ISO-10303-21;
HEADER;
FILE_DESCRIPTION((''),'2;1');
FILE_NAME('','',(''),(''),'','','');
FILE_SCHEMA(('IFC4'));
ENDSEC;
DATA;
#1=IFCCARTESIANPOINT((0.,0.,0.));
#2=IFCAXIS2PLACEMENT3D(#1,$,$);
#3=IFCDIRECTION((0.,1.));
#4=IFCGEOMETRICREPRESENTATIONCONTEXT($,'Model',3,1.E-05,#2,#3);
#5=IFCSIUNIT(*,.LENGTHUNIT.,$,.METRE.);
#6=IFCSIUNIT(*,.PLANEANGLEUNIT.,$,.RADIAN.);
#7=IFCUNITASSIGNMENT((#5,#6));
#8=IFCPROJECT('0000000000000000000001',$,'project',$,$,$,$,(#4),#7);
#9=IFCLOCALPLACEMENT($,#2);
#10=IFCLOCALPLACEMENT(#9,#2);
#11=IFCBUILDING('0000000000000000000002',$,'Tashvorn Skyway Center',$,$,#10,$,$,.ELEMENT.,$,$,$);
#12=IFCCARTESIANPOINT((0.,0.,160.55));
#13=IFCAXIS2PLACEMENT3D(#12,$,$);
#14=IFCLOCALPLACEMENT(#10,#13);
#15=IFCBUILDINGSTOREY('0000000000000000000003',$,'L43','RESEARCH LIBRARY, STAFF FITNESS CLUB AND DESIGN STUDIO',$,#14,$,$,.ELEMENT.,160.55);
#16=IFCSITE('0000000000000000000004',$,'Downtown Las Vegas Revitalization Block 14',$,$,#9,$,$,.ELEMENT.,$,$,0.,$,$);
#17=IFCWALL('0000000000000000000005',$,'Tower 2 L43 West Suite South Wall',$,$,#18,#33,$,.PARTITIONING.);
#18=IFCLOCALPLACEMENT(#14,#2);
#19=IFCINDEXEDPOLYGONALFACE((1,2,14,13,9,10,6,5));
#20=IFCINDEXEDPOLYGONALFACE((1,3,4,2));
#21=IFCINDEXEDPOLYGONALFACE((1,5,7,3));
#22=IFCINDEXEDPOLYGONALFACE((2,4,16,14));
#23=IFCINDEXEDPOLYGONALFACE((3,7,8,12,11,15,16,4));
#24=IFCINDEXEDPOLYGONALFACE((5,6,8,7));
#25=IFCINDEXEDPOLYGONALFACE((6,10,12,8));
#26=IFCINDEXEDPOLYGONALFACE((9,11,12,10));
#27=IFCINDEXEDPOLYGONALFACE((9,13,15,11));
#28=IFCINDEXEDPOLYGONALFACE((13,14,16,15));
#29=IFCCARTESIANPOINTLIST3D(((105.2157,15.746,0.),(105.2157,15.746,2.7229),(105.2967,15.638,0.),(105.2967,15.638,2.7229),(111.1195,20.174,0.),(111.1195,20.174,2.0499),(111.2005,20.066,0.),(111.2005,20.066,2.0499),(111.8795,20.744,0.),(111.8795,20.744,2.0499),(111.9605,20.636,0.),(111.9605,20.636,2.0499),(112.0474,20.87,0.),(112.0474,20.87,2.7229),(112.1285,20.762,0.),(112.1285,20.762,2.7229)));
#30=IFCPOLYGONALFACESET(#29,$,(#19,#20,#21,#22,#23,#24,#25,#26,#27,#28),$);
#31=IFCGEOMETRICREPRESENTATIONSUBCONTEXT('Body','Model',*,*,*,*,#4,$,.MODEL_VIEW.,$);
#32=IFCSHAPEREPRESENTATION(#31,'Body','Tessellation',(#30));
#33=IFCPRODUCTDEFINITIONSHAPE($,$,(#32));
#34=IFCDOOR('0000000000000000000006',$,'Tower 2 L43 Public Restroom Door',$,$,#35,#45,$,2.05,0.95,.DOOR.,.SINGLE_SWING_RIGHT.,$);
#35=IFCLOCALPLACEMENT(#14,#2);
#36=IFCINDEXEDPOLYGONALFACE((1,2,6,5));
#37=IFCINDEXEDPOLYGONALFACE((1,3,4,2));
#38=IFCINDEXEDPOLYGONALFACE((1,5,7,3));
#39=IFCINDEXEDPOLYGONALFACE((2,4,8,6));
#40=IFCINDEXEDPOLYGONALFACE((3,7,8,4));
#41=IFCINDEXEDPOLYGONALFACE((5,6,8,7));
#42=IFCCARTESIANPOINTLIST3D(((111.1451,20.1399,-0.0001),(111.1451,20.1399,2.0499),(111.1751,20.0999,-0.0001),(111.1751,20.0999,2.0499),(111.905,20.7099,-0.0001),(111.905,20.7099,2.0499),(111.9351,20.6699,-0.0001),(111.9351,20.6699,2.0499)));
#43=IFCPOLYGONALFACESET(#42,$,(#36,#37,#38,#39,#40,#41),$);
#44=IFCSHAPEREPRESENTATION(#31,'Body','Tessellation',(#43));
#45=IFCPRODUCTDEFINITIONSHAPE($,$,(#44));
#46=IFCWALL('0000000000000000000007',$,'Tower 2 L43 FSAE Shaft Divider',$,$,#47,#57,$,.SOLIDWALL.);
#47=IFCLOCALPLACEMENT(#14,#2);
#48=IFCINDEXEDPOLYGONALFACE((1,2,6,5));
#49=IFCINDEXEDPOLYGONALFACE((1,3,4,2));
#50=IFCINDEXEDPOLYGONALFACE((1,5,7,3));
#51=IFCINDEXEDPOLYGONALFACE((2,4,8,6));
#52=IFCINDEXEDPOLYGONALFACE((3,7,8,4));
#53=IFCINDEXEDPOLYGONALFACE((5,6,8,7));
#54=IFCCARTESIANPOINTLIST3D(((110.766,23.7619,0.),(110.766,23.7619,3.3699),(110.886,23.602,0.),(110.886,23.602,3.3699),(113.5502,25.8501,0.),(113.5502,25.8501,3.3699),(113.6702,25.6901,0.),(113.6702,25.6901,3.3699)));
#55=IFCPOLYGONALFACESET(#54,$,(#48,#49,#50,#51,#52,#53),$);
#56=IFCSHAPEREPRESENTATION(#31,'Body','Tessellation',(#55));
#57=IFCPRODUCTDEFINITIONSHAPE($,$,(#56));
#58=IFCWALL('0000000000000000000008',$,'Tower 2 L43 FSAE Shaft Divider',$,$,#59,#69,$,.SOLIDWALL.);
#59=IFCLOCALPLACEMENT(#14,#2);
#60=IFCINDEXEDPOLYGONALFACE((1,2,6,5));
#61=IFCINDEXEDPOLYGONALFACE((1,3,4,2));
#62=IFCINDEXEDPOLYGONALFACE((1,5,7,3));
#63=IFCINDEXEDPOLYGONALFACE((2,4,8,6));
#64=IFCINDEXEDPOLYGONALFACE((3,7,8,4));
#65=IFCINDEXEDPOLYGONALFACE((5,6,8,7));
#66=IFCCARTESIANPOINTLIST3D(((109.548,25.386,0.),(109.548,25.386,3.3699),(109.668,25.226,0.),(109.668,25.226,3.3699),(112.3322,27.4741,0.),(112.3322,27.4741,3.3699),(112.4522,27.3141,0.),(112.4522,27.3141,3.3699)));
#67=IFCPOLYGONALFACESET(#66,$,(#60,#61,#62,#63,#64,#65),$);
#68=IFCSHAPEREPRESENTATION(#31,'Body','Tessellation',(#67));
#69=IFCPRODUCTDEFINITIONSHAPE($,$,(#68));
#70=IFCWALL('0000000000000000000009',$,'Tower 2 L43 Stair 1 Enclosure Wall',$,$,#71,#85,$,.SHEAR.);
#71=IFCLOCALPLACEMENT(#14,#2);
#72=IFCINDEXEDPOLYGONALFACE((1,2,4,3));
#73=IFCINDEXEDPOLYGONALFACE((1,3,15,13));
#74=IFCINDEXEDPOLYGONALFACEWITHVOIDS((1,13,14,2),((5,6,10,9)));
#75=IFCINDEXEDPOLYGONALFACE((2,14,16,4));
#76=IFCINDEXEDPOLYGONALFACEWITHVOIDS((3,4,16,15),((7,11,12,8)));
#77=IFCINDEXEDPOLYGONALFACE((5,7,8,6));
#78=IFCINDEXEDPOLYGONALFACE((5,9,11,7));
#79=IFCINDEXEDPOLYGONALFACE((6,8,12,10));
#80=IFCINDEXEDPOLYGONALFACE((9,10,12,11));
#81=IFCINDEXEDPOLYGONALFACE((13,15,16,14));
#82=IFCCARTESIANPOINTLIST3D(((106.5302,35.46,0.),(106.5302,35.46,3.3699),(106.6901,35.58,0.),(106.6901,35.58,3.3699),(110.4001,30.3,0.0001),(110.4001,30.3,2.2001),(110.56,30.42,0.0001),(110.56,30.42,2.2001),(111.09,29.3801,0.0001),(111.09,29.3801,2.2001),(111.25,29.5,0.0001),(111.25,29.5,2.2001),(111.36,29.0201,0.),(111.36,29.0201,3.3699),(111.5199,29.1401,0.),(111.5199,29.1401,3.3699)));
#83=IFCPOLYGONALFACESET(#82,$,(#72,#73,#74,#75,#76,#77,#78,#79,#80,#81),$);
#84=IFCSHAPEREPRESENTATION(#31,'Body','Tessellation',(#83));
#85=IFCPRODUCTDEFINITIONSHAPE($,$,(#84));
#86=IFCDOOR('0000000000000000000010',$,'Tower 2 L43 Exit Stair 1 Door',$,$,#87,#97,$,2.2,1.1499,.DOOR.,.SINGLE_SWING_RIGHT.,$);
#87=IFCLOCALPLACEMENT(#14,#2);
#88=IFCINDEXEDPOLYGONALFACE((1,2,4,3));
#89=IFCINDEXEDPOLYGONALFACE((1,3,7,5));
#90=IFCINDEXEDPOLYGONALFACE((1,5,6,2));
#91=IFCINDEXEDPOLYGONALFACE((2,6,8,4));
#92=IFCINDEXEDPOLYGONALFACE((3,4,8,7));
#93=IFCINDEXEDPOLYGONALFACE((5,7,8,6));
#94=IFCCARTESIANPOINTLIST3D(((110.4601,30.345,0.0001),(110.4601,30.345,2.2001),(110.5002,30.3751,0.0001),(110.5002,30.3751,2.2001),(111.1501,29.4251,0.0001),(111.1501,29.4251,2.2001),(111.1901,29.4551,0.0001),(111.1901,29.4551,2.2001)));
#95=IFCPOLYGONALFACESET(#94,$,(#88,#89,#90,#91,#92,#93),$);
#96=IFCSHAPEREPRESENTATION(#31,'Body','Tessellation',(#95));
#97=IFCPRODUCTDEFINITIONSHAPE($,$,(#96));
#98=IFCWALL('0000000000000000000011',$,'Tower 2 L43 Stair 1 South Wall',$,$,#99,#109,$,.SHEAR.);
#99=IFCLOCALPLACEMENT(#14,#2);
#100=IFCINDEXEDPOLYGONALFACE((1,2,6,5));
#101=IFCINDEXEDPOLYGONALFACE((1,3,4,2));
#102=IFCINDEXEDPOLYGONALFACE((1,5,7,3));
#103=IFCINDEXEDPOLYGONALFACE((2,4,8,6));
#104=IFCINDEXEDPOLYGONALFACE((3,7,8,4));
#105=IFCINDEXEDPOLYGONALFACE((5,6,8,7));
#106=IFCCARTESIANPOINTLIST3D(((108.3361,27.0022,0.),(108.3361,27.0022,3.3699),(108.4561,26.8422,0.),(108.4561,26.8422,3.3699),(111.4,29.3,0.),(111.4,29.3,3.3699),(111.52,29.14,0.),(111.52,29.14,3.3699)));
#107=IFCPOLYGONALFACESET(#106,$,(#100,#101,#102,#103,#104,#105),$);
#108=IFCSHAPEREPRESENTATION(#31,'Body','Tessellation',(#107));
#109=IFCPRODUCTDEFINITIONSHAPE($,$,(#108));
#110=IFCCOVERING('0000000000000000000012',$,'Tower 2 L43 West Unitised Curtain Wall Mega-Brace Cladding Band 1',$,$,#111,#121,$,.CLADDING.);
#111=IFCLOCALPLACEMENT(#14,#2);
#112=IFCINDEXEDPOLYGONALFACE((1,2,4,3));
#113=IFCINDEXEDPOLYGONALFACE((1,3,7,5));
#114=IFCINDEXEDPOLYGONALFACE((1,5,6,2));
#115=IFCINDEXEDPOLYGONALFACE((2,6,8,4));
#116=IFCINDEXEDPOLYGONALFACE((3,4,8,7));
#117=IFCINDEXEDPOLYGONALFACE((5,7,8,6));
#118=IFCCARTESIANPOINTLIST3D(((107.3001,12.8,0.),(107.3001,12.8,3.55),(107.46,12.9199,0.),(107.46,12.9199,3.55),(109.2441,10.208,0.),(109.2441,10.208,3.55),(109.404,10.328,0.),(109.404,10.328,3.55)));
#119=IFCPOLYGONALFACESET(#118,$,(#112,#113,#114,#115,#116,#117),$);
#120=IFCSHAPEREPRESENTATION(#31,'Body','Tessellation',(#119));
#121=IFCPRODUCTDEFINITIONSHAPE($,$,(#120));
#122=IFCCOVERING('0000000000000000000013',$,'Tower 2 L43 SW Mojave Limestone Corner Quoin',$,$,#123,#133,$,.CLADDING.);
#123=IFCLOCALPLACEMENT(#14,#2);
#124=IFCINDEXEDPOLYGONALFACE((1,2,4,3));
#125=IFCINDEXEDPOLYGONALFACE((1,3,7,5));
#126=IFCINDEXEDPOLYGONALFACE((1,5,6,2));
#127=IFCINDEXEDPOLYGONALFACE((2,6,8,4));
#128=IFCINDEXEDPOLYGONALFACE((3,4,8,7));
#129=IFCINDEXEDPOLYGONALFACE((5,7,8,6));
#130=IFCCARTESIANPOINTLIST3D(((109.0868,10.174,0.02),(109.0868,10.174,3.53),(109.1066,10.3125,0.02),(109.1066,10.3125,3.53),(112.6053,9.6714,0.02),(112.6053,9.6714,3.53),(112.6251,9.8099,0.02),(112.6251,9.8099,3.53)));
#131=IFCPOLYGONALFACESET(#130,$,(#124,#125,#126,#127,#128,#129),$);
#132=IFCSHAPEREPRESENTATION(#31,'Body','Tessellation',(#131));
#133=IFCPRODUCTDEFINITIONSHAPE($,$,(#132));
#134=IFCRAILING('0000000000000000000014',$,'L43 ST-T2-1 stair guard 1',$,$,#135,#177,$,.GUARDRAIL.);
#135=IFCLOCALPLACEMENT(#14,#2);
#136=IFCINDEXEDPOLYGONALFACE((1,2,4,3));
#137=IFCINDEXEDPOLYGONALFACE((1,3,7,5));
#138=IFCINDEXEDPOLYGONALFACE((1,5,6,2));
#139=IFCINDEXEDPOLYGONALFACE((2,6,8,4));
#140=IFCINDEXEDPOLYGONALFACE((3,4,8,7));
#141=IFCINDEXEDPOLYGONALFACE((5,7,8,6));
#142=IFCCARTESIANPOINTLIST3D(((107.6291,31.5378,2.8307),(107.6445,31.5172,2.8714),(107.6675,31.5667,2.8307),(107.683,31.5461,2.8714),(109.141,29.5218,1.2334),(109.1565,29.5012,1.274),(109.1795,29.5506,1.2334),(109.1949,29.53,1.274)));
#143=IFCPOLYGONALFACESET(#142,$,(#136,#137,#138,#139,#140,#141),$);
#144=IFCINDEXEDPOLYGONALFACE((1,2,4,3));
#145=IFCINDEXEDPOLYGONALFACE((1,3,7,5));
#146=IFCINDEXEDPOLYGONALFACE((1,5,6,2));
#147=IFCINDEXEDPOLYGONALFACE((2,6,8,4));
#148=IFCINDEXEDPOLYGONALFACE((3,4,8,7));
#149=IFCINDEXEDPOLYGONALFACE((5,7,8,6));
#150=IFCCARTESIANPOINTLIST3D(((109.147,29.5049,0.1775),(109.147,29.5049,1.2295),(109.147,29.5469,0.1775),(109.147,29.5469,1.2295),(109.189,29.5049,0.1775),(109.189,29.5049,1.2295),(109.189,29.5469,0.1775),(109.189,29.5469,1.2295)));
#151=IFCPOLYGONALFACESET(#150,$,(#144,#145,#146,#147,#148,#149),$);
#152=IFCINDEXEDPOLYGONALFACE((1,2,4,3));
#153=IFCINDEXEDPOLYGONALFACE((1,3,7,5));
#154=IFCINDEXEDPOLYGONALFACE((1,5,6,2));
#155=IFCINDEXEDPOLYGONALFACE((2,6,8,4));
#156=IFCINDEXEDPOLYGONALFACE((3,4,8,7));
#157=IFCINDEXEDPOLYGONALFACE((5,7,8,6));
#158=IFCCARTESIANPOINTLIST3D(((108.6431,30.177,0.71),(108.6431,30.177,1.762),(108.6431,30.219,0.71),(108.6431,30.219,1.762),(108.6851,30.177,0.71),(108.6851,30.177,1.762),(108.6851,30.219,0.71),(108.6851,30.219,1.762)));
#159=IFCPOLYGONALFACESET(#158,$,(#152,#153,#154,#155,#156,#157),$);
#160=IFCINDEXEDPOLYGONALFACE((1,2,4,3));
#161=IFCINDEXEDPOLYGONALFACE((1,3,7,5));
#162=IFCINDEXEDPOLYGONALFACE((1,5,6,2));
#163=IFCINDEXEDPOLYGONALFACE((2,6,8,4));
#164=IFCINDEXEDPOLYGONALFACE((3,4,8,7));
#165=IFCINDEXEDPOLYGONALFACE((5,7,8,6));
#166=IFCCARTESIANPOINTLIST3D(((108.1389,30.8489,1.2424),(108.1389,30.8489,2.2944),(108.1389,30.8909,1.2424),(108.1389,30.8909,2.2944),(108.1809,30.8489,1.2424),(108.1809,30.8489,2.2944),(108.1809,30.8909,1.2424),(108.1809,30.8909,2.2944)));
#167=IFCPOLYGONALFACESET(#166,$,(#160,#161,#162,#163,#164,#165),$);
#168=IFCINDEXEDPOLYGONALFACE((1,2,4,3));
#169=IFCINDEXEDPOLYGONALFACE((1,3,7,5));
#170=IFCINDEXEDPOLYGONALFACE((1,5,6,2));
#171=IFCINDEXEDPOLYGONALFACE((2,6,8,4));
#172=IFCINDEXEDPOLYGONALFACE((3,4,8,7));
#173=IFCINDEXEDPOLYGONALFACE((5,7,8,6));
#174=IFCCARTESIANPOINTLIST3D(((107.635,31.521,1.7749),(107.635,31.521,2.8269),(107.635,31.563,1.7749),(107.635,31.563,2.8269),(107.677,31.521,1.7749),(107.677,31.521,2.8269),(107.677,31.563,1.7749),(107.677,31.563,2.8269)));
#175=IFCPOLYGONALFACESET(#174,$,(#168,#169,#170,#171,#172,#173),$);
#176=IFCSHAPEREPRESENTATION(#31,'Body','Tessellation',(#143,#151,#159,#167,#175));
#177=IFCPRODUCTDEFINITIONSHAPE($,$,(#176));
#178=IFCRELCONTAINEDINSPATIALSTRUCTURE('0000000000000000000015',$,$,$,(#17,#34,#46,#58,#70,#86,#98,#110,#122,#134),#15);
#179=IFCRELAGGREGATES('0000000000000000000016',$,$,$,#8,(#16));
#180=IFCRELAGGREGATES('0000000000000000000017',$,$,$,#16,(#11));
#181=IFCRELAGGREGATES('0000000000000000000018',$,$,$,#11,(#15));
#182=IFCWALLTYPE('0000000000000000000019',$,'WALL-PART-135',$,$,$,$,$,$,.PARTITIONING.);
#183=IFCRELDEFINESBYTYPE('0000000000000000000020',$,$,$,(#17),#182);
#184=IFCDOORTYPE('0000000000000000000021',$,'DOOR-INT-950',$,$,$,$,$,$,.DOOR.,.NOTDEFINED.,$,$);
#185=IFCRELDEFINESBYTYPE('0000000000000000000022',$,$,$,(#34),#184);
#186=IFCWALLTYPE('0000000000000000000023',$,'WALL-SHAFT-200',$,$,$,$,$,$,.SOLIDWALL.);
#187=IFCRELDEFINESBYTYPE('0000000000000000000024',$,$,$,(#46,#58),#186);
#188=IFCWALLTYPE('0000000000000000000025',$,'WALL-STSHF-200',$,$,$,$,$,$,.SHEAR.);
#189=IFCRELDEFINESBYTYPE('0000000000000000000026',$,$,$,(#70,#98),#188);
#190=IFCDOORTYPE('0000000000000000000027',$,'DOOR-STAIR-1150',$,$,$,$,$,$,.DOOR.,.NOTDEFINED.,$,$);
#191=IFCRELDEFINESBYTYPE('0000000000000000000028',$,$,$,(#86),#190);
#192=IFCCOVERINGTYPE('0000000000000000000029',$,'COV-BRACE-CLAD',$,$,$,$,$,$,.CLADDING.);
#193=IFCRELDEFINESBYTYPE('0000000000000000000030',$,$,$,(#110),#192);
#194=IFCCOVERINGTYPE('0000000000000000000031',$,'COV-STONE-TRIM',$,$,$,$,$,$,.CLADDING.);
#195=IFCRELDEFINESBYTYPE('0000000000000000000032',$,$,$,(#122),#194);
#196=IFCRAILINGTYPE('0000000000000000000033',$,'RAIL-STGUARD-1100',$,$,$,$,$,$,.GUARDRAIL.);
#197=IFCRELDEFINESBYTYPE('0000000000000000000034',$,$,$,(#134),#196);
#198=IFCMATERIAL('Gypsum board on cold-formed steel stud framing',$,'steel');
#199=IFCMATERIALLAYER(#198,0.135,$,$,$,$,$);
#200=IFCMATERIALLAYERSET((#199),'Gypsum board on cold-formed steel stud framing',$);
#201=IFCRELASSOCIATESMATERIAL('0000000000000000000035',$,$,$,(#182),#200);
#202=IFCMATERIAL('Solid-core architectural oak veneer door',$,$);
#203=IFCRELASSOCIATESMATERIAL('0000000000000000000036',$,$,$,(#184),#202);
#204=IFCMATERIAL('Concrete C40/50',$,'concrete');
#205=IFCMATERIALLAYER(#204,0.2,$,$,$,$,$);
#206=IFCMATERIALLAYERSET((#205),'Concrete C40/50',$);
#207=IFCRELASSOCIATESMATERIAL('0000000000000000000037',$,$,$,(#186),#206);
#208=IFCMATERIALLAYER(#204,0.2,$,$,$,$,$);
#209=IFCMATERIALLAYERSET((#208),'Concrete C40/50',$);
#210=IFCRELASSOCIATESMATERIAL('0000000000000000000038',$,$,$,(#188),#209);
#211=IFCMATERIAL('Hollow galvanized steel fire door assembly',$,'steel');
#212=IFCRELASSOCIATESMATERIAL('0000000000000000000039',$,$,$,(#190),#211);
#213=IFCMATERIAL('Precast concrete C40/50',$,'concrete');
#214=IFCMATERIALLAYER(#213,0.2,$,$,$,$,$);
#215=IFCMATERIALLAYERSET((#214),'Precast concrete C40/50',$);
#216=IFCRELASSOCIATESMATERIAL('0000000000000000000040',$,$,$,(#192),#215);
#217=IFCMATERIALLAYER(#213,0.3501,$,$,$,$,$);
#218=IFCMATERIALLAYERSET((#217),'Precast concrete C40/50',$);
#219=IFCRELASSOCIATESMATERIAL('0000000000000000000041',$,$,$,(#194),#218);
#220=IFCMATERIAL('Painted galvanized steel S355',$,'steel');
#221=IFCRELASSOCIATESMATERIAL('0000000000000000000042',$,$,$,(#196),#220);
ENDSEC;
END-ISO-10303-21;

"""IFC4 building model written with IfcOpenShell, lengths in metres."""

from ifc_helpers import new_model, si_unit, direction, frame, frame_2d, origin, origin_2d, place, context, subcontext, project, spatial, rectangle, extrude, material, layer, layer_set, type_object, element, fill, save


model = new_model("IFC4")

# Units and contexts
model_context = context("Model", 3, precision=1e-05, world=origin(), true_north=direction((0.0, 1.0)))
body_context = subcontext(model_context, "Body", "Model", "MODEL_VIEW")
ifc_project = project(units=[si_unit("LENGTHUNIT", "METRE"), si_unit("PLANEANGLEUNIT", "RADIAN")], contexts=[model_context])

# Site, building, storey
site_placement = place(None, origin())
site = spatial("IfcSite", under=ifc_project, at=site_placement, Name="Downtown Las Vegas Revitalization Block 14", CompositionType="ELEMENT", RefElevation=0.0)
building_placement = place(site_placement, origin())
building = spatial("IfcBuilding", under=site, at=building_placement, Name="Tashvorn Skyway Center", CompositionType="ELEMENT")
storey_placement = place(building_placement, frame((0.0, 0.0, 160.55)))
storey = spatial("IfcBuildingStorey", under=building, at=storey_placement, Name="L43", Description="RESEARCH LIBRARY, STAFF FITNESS CLUB AND DESIGN STUDIO", CompositionType="ELEMENT", Elevation=160.55)

# Shared definitions
ifc_material_1 = material(Name="Precast concrete C40/50", Category="concrete")
ifc_material_2 = material(Name="Gypsum board on cold-formed steel stud framing", Category="steel")
ifc_layer_1 = layer(ifc_material_2, 0.135)
ifc_layer_set_1 = layer_set([ifc_layer_1], Name="Gypsum board on cold-formed steel stud framing")
wall_type_1 = type_object("IfcWallType", Name="WALL-PART-135", PredefinedType="PARTITIONING", material=ifc_layer_set_1)

# Wall, opening, door
wall_1_placement = place(storey_placement, frame((105.2561, 15.6919, 0.0), z_axis=(0.0, 0.0, 1.0), x_axis=(0.79999, 0.600014, 0.0)))
wall_1 = element("IfcWall", 1, at=wall_1_placement, inside=storey, type_object=wall_type_1, Name="Tower 2 L43 West Suite South Wall", PredefinedType="PARTITIONING", context=body_context, shape_type="SweptSolid", body=[
    extrude(rectangle(XDim=8.5398, YDim=0.135, at=frame_2d((4.27, 0.0))), origin(), (0.0, 0.0, 1.0), 2.7229),
])
opening_1_placement = place(wall_1_placement, frame((7.3799, 0.0, 0.0)))
opening_1 = element("IfcOpeningElement", 2, at=opening_1_placement, cuts=wall_1, PredefinedType="OPENING", context=body_context, shape_type="SweptSolid", body=[
    extrude(rectangle(XDim=0.95, YDim=2.05, at=frame_2d((0.4751, 1.0249))), frame((0.0, 0.0774, 0.0), z_axis=(0.0, -1.0, 0.0), x_axis=(1.0, 0.0, 0.0)), (0.0, 0.0, 1.0), 0.155),
])
ifc_material_3 = material(Name="Solid-core architectural oak veneer door")
door_type_1 = type_object("IfcDoorType", Name="DOOR-INT-950", OperationType="NOTDEFINED", PredefinedType="DOOR", material=ifc_material_3)
door_1_placement = place(opening_1_placement, origin())
door_1 = element("IfcDoor", 3, at=door_1_placement, inside=storey, type_object=door_type_1, Name="Tower 2 L43 Public Restroom Door", OperationType="SINGLE_SWING_RIGHT", OverallHeight=2.05, OverallWidth=0.95, PredefinedType="DOOR", context=body_context, shape_type="SweptSolid", body=[
    extrude(rectangle(XDim=0.95, YDim=2.05, at=frame_2d((0.4751, 1.0249))), frame((0.0, 0.0249, 0.0), z_axis=(0.0, -1.0, 0.0), x_axis=(1.0, 0.0, 0.0)), (0.0, 0.0, 1.0), 0.05),
])
fill(opening_1, door_1)

# Walls
ifc_material_4 = material(Name="Concrete C40/50", Category="concrete")
ifc_layer_2 = layer(ifc_material_4, 0.2)
ifc_layer_set_2 = layer_set([ifc_layer_2], Name="Concrete C40/50")
wall_type_2 = type_object("IfcWallType", Name="WALL-SHAFT-200", PredefinedType="SOLIDWALL", material=ifc_layer_set_2)
for number, where, z_axis, x_axis, name in (
    (4, (110.8259, 23.6819, 0.0), (0.0, 0.0, 1.0), (0.8, 0.6, 0.0), "Tower 2 L43 FSAE Shaft Divider"),
    (5, (109.6079, 25.3059, 0.0), (0.0, 0.0, 1.0), (0.8, 0.6, 0.0), "Tower 2 L43 FSAE Shaft Divider"),
):
    element("IfcWall", number, at=place(storey_placement, frame(where, z_axis=z_axis, x_axis=x_axis)), inside=storey, type_object=wall_type_2, Name=name, PredefinedType="SOLIDWALL", context=body_context, shape_type="SweptSolid", body=[
        extrude(rectangle(XDim=3.4802, YDim=0.2, at=frame_2d((1.7402, 0.0))), origin(), (0.0, 0.0, 1.0), 3.3699),
    ])

# Wall, opening, door
ifc_layer_3 = layer(ifc_material_4, 0.2)
ifc_layer_set_3 = layer_set([ifc_layer_3], Name="Concrete C40/50")
wall_type_3 = type_object("IfcWallType", Name="WALL-STSHF-200", PredefinedType="SHEAR", material=ifc_layer_set_3)
wall_2_placement = place(storey_placement, frame((111.4399, 29.0801, 0.0), z_axis=(0.0, 0.0, 1.0), x_axis=(-0.59999, 0.800007, 0.0)))
wall_2 = element("IfcWall", 6, at=wall_2_placement, inside=storey, type_object=wall_type_3, Name="Tower 2 L43 Stair 1 Enclosure Wall", PredefinedType="SHEAR", context=body_context, shape_type="SweptSolid", body=[
    extrude(rectangle(XDim=8.0498, YDim=0.2, at=frame_2d((4.0249, 0.0))), origin(), (0.0, 0.0, 1.0), 3.3699),
])
opening_2_placement = place(wall_2_placement, frame((0.45, 0.0, 0.0)))
opening_2 = element("IfcOpeningElement", 7, at=opening_2_placement, cuts=wall_2, PredefinedType="OPENING", context=body_context, shape_type="SweptSolid", body=[
    extrude(rectangle(XDim=1.1499, YDim=2.2, at=frame_2d((0.575, 1.1001))), frame((0.0, 0.1099, 0.0), z_axis=(0.0, -1.0, 0.0), x_axis=(1.0, 0.0, 0.0)), (0.0, 0.0, 1.0), 0.22),
])
ifc_material_5 = material(Name="Hollow galvanized steel fire door assembly", Category="steel")
door_type_2 = type_object("IfcDoorType", Name="DOOR-STAIR-1150", OperationType="NOTDEFINED", PredefinedType="DOOR", material=ifc_material_5)
door_2_placement = place(opening_2_placement, origin())
door_2 = element("IfcDoor", 8, at=door_2_placement, inside=storey, type_object=door_type_2, Name="Tower 2 L43 Exit Stair 1 Door", OperationType="SINGLE_SWING_RIGHT", OverallHeight=2.2, OverallWidth=1.1499, PredefinedType="DOOR", context=body_context, shape_type="SweptSolid", body=[
    extrude(rectangle(XDim=1.1499, YDim=2.2, at=frame_2d((0.575, 1.1001))), frame((0.0, 0.0249, 0.0), z_axis=(0.0, -1.0, 0.0), x_axis=(1.0, 0.0, 0.0)), (0.0, 0.0, 1.0), 0.05),
])
fill(opening_2, door_2)

# Wall
wall_3_placement = place(storey_placement, frame((108.396, 26.9221, 0.0), z_axis=(0.0, 0.0, 1.0), x_axis=(0.800015, 0.59998, 0.0)))
element("IfcWall", 9, at=wall_3_placement, inside=storey, type_object=wall_type_3, Name="Tower 2 L43 Stair 1 South Wall", PredefinedType="SHEAR", context=body_context, shape_type="SweptSolid", body=[
    extrude(rectangle(XDim=3.8298, YDim=0.2, at=frame_2d((1.915, 0.0))), origin(), (0.0, 0.0, 1.0), 3.3699),
])

# Coverings
ifc_layer_4 = layer(ifc_material_1, 0.2)
ifc_layer_set_4 = layer_set([ifc_layer_4], Name="Precast concrete C40/50")
covering_type_1 = type_object("IfcCoveringType", Name="COV-BRACE-CLAD", PredefinedType="CLADDING", material=ifc_layer_set_4)
covering_1_placement = place(storey_placement, frame((108.3521, 11.564, 0.0), z_axis=(0.0, 0.0, 1.0), x_axis=(-0.6, 0.8, 0.0)))
element("IfcCovering", 10, at=covering_1_placement, inside=storey, type_object=covering_type_1, Name="Tower 2 L43 West Unitised Curtain Wall Mega-Brace Cladding Band 1", PredefinedType="CLADDING", context=body_context, shape_type="SweptSolid", body=[
    extrude(rectangle(XDim=3.24, YDim=0.2, at=origin_2d()), origin(), (0.0, 0.0, 1.0), 3.55),
])
ifc_layer_5 = layer(ifc_material_1, 0.3501)
ifc_layer_set_5 = layer_set([ifc_layer_5], Name="Precast concrete C40/50")
covering_type_2 = type_object("IfcCoveringType", Name="COV-STONE-TRIM", PredefinedType="CLADDING", material=ifc_layer_set_5)
covering_2_placement = place(storey_placement, frame((110.856, 9.9919, 0.02), z_axis=(0.0, 0.0, 1.0), x_axis=(-0.989949, 0.141421, 0.0)))
element("IfcCovering", 11, at=covering_2_placement, inside=storey, type_object=covering_type_2, Name="Tower 2 L43 SW Mojave Limestone Corner Quoin", PredefinedType="CLADDING", context=body_context, shape_type="SweptSolid", body=[
    extrude(rectangle(XDim=3.5542, YDim=0.1399, at=origin_2d()), origin(), (0.0, 0.0, 1.0), 3.51),
])

# Railing
ifc_material_6 = material(Name="Painted galvanized steel S355", Category="steel")
railing_type = type_object("IfcRailingType", Name="RAIL-STGUARD-1100", PredefinedType="GUARDRAIL", material=ifc_material_6)
railing_1_placement = place(storey_placement, frame((109.168, 29.5259, 0.1775)))
element("IfcRailing", 12, at=railing_1_placement, inside=storey, type_object=railing_type, Name="L43 ST-T2-1 stair guard 1", PredefinedType="GUARDRAIL", context=body_context, shape_type="SweptSolid", body=[
    extrude(rectangle(XDim=0.0481, YDim=0.0481, at=origin_2d()), frame((0.0, 0.0, 1.0762), z_axis=(-0.506741, 0.675709, 0.535379), x_axis=(-0.800023, -0.599969, 0.0)), (0.0, 0.0, 1.0), 2.9836),
    extrude(rectangle(XDim=0.042, YDim=0.042, at=origin_2d()), origin(), (0.0, 0.0, 1.0), 1.052),
    extrude(rectangle(XDim=0.042, YDim=0.042, at=origin_2d()), frame((-0.5039, 0.6721, 0.5325)), (0.0, 0.0, 1.0), 1.052),
    extrude(rectangle(XDim=0.042, YDim=0.042, at=origin_2d()), frame((-1.0081, 1.344, 1.0649)), (0.0, 0.0, 1.0), 1.052),
    extrude(rectangle(XDim=0.042, YDim=0.042, at=origin_2d()), frame((-1.512, 2.0161, 1.5974)), (0.0, 0.0, 1.0), 1.052),
])

save(model, "model.ifc")
